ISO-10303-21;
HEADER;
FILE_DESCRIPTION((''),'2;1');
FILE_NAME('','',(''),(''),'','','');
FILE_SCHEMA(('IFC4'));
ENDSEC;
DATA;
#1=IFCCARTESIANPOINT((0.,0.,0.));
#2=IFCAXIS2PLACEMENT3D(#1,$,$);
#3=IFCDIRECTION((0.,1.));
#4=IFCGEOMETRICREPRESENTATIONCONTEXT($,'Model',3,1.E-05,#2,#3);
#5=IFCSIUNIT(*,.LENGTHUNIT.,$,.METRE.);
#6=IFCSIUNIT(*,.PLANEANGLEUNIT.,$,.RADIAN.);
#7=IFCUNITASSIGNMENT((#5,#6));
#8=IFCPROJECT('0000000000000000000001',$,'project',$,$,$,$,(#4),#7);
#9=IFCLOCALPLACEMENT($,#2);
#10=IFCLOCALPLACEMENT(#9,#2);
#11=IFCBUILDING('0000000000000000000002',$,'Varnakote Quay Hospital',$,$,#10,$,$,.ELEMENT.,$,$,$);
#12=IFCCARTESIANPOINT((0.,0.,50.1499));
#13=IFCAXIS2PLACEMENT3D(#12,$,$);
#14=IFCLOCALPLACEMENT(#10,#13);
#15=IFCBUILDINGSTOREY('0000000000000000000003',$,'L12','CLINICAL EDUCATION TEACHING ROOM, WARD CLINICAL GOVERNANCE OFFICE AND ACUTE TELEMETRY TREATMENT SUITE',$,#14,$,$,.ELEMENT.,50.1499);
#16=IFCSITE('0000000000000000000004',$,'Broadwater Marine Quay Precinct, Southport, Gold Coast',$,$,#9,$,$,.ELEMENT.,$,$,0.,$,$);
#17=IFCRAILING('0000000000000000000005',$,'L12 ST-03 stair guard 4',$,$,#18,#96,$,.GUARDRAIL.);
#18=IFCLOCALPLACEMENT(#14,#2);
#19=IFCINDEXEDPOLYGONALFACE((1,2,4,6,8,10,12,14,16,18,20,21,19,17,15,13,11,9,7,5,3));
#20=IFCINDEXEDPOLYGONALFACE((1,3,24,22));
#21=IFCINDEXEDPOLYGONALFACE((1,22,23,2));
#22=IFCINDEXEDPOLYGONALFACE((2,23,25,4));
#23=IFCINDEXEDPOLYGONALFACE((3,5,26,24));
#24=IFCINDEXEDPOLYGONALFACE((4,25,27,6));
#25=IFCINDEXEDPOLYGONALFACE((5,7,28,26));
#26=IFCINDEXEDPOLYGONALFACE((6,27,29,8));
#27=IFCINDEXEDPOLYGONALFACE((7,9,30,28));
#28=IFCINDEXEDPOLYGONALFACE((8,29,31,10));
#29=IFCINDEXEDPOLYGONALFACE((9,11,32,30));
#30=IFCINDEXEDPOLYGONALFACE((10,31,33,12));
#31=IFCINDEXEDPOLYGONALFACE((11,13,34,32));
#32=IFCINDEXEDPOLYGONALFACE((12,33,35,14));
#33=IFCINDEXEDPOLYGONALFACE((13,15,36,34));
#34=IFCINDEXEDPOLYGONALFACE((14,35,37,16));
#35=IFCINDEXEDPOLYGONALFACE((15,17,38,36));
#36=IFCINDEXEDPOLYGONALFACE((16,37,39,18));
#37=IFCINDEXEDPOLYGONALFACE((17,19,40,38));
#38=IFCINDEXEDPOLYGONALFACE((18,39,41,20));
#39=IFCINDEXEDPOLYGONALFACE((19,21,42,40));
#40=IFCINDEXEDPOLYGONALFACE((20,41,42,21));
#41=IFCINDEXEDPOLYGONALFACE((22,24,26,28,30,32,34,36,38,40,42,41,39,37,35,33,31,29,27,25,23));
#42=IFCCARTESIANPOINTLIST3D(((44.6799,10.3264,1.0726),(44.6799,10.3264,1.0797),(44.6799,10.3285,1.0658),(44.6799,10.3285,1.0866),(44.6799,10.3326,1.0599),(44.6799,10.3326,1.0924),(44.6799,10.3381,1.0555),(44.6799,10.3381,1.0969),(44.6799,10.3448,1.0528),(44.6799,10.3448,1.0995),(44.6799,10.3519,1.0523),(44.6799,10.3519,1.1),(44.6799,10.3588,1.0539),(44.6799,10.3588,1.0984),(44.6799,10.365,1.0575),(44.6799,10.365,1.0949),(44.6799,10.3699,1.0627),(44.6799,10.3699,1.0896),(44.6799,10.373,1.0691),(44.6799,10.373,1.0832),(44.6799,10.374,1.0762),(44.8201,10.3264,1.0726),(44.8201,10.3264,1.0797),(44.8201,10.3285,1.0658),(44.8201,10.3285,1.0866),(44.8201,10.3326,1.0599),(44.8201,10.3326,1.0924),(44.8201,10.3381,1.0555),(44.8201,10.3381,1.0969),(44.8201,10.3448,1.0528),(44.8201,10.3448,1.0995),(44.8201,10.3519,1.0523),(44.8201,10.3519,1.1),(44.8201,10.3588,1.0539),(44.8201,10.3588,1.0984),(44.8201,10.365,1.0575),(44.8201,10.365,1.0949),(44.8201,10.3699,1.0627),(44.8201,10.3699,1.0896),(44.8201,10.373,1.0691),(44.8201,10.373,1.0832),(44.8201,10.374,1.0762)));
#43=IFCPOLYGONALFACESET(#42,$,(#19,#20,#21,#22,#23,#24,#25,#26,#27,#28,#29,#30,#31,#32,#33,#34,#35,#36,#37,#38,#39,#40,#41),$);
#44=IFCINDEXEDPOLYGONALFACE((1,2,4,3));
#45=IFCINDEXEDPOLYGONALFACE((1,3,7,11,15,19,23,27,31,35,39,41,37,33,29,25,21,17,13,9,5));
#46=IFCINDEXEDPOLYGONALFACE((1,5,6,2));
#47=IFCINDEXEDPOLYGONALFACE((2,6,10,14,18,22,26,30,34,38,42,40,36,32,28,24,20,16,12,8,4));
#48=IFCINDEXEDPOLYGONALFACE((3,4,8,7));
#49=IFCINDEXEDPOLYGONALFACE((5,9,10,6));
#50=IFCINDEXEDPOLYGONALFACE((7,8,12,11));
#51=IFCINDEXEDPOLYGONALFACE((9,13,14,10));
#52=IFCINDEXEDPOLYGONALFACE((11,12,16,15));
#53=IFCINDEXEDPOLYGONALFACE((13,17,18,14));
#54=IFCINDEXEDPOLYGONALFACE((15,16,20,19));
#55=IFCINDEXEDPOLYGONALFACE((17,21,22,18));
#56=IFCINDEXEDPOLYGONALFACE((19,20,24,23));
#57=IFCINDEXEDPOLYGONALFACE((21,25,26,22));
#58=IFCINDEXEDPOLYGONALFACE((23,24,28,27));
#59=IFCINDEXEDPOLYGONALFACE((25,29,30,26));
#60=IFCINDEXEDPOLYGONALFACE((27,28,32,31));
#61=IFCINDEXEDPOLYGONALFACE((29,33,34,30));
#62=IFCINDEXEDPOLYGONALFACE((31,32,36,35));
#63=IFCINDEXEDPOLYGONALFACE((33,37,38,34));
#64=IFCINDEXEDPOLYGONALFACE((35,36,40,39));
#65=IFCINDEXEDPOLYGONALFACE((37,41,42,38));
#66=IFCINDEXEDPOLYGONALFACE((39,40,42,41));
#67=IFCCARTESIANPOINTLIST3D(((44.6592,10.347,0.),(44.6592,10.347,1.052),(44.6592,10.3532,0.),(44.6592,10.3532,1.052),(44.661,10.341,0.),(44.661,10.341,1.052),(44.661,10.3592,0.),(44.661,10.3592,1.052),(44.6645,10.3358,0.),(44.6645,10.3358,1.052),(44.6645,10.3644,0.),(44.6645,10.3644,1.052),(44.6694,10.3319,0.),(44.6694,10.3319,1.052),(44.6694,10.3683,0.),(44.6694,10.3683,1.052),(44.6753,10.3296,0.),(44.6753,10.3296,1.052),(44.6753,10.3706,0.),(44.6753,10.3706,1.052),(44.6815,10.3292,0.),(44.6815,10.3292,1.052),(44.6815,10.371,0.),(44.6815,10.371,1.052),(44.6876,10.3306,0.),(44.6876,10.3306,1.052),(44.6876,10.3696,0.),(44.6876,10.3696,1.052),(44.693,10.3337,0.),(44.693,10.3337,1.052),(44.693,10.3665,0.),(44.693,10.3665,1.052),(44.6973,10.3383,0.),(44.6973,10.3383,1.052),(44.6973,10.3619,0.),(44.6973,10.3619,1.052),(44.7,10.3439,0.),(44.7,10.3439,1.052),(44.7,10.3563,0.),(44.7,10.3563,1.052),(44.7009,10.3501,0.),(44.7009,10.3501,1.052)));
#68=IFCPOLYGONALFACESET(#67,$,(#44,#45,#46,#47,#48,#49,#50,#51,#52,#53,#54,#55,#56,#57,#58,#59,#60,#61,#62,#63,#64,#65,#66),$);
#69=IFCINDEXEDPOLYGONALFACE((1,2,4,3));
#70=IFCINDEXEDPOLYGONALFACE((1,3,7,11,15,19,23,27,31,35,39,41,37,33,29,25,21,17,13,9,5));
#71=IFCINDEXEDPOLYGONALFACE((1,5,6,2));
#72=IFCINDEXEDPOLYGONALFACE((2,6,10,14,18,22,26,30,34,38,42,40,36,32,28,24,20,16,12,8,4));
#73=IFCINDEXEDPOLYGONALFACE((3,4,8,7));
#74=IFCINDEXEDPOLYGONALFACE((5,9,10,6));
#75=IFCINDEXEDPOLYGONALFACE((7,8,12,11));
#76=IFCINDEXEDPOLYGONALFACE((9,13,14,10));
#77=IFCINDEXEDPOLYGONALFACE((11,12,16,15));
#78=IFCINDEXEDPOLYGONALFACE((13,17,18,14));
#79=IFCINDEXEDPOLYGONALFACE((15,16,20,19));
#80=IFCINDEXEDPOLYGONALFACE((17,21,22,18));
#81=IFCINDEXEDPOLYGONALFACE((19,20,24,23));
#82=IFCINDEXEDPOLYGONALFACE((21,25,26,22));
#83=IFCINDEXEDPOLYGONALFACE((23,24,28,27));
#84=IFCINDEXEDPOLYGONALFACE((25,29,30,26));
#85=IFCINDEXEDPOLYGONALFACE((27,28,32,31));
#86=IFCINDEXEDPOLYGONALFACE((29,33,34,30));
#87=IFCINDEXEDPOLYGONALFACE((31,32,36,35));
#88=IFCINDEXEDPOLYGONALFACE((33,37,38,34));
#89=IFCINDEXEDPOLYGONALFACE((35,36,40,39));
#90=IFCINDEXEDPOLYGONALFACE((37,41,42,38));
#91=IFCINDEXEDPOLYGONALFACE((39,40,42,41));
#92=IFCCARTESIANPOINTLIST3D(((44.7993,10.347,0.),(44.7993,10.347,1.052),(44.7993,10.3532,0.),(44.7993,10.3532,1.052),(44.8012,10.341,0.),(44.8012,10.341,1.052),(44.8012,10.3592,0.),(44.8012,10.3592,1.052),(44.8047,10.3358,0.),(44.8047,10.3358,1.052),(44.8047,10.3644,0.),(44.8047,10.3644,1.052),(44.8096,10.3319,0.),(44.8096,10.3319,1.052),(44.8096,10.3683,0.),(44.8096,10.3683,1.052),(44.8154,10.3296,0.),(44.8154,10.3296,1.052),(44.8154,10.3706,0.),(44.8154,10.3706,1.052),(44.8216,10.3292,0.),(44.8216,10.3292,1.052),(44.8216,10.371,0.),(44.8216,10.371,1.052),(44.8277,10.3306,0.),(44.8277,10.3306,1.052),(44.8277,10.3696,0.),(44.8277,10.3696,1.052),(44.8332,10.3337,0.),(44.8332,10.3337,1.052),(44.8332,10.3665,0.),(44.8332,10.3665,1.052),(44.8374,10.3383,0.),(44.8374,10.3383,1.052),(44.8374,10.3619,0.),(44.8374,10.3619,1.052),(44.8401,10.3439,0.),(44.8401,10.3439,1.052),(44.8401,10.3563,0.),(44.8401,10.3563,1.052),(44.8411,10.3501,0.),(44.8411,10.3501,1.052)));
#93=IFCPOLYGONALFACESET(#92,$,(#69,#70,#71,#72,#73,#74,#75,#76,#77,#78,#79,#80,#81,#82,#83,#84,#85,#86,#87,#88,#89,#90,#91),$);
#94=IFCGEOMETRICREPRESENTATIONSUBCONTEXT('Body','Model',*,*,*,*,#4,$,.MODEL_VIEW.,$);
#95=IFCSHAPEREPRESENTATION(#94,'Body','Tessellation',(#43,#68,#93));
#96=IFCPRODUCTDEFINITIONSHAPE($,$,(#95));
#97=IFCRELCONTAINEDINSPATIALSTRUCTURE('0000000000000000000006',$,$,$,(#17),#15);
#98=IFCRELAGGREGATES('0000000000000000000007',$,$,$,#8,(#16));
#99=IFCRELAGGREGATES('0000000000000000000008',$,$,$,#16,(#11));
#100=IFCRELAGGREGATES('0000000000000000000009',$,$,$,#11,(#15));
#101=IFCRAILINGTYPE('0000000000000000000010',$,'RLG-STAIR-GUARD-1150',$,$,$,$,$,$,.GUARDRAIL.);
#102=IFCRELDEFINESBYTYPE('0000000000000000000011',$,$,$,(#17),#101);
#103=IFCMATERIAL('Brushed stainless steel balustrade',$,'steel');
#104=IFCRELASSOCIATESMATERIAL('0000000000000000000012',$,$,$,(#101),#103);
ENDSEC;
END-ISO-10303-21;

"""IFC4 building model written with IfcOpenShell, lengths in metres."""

from ifc_helpers import new_model, si_unit, direction, frame, origin, origin_2d, place, context, subcontext, project, spatial, circle, extrude, material, type_object, element, save


model = new_model("IFC4")

# Units and contexts
model_context = context("Model", 3, precision=1e-05, world=origin(), true_north=direction((0.0, 1.0)))
body_context = subcontext(model_context, "Body", "Model", "MODEL_VIEW")
ifc_project = project(units=[si_unit("LENGTHUNIT", "METRE"), si_unit("PLANEANGLEUNIT", "RADIAN")], contexts=[model_context])

# Site, building, storey
site_placement = place(None, origin())
site = spatial("IfcSite", under=ifc_project, at=site_placement, Name="Broadwater Marine Quay Precinct, Southport, Gold Coast", CompositionType="ELEMENT", RefElevation=0.0)
building_placement = place(site_placement, origin())
building = spatial("IfcBuilding", under=site, at=building_placement, Name="Varnakote Quay Hospital", CompositionType="ELEMENT")
storey_placement = place(building_placement, frame((0.0, 0.0, 50.1499)))
storey = spatial("IfcBuildingStorey", under=building, at=storey_placement, Name="L12", Description="CLINICAL EDUCATION TEACHING ROOM, WARD CLINICAL GOVERNANCE OFFICE AND ACUTE TELEMETRY TREATMENT SUITE", CompositionType="ELEMENT", Elevation=50.1499)

# Railing
ifc_material_1 = material(Name="Brushed stainless steel balustrade", Category="steel")
railing_type_1 = type_object("IfcRailingType", Name="RLG-STAIR-GUARD-1150", PredefinedType="GUARDRAIL", material=ifc_material_1)
railing_1_placement = place(storey_placement, frame((44.6799, 10.3501, 0.0)))
element("IfcRailing", 1, at=railing_1_placement, inside=storey, type_object=railing_type_1, Name="L12 ST-03 stair guard 4", PredefinedType="GUARDRAIL", context=body_context, shape_type="SweptSolid", body=[
    extrude(circle(Radius=0.0239, at=origin_2d()), frame((0.0, 0.0, 1.0762), z_axis=(1.0, 0.0, 0.0), x_axis=(0.0, 1.0, 0.0)), (0.0, 0.0, 1.0), 0.1401),
    extrude(circle(Radius=0.021, at=origin_2d()), origin(), (0.0, 0.0, 1.0), 1.052),
    extrude(circle(Radius=0.021, at=origin_2d()), frame((0.1401, 0.0, 0.0)), (0.0, 0.0, 1.0), 1.052),
])

save(model, "model.ifc")
